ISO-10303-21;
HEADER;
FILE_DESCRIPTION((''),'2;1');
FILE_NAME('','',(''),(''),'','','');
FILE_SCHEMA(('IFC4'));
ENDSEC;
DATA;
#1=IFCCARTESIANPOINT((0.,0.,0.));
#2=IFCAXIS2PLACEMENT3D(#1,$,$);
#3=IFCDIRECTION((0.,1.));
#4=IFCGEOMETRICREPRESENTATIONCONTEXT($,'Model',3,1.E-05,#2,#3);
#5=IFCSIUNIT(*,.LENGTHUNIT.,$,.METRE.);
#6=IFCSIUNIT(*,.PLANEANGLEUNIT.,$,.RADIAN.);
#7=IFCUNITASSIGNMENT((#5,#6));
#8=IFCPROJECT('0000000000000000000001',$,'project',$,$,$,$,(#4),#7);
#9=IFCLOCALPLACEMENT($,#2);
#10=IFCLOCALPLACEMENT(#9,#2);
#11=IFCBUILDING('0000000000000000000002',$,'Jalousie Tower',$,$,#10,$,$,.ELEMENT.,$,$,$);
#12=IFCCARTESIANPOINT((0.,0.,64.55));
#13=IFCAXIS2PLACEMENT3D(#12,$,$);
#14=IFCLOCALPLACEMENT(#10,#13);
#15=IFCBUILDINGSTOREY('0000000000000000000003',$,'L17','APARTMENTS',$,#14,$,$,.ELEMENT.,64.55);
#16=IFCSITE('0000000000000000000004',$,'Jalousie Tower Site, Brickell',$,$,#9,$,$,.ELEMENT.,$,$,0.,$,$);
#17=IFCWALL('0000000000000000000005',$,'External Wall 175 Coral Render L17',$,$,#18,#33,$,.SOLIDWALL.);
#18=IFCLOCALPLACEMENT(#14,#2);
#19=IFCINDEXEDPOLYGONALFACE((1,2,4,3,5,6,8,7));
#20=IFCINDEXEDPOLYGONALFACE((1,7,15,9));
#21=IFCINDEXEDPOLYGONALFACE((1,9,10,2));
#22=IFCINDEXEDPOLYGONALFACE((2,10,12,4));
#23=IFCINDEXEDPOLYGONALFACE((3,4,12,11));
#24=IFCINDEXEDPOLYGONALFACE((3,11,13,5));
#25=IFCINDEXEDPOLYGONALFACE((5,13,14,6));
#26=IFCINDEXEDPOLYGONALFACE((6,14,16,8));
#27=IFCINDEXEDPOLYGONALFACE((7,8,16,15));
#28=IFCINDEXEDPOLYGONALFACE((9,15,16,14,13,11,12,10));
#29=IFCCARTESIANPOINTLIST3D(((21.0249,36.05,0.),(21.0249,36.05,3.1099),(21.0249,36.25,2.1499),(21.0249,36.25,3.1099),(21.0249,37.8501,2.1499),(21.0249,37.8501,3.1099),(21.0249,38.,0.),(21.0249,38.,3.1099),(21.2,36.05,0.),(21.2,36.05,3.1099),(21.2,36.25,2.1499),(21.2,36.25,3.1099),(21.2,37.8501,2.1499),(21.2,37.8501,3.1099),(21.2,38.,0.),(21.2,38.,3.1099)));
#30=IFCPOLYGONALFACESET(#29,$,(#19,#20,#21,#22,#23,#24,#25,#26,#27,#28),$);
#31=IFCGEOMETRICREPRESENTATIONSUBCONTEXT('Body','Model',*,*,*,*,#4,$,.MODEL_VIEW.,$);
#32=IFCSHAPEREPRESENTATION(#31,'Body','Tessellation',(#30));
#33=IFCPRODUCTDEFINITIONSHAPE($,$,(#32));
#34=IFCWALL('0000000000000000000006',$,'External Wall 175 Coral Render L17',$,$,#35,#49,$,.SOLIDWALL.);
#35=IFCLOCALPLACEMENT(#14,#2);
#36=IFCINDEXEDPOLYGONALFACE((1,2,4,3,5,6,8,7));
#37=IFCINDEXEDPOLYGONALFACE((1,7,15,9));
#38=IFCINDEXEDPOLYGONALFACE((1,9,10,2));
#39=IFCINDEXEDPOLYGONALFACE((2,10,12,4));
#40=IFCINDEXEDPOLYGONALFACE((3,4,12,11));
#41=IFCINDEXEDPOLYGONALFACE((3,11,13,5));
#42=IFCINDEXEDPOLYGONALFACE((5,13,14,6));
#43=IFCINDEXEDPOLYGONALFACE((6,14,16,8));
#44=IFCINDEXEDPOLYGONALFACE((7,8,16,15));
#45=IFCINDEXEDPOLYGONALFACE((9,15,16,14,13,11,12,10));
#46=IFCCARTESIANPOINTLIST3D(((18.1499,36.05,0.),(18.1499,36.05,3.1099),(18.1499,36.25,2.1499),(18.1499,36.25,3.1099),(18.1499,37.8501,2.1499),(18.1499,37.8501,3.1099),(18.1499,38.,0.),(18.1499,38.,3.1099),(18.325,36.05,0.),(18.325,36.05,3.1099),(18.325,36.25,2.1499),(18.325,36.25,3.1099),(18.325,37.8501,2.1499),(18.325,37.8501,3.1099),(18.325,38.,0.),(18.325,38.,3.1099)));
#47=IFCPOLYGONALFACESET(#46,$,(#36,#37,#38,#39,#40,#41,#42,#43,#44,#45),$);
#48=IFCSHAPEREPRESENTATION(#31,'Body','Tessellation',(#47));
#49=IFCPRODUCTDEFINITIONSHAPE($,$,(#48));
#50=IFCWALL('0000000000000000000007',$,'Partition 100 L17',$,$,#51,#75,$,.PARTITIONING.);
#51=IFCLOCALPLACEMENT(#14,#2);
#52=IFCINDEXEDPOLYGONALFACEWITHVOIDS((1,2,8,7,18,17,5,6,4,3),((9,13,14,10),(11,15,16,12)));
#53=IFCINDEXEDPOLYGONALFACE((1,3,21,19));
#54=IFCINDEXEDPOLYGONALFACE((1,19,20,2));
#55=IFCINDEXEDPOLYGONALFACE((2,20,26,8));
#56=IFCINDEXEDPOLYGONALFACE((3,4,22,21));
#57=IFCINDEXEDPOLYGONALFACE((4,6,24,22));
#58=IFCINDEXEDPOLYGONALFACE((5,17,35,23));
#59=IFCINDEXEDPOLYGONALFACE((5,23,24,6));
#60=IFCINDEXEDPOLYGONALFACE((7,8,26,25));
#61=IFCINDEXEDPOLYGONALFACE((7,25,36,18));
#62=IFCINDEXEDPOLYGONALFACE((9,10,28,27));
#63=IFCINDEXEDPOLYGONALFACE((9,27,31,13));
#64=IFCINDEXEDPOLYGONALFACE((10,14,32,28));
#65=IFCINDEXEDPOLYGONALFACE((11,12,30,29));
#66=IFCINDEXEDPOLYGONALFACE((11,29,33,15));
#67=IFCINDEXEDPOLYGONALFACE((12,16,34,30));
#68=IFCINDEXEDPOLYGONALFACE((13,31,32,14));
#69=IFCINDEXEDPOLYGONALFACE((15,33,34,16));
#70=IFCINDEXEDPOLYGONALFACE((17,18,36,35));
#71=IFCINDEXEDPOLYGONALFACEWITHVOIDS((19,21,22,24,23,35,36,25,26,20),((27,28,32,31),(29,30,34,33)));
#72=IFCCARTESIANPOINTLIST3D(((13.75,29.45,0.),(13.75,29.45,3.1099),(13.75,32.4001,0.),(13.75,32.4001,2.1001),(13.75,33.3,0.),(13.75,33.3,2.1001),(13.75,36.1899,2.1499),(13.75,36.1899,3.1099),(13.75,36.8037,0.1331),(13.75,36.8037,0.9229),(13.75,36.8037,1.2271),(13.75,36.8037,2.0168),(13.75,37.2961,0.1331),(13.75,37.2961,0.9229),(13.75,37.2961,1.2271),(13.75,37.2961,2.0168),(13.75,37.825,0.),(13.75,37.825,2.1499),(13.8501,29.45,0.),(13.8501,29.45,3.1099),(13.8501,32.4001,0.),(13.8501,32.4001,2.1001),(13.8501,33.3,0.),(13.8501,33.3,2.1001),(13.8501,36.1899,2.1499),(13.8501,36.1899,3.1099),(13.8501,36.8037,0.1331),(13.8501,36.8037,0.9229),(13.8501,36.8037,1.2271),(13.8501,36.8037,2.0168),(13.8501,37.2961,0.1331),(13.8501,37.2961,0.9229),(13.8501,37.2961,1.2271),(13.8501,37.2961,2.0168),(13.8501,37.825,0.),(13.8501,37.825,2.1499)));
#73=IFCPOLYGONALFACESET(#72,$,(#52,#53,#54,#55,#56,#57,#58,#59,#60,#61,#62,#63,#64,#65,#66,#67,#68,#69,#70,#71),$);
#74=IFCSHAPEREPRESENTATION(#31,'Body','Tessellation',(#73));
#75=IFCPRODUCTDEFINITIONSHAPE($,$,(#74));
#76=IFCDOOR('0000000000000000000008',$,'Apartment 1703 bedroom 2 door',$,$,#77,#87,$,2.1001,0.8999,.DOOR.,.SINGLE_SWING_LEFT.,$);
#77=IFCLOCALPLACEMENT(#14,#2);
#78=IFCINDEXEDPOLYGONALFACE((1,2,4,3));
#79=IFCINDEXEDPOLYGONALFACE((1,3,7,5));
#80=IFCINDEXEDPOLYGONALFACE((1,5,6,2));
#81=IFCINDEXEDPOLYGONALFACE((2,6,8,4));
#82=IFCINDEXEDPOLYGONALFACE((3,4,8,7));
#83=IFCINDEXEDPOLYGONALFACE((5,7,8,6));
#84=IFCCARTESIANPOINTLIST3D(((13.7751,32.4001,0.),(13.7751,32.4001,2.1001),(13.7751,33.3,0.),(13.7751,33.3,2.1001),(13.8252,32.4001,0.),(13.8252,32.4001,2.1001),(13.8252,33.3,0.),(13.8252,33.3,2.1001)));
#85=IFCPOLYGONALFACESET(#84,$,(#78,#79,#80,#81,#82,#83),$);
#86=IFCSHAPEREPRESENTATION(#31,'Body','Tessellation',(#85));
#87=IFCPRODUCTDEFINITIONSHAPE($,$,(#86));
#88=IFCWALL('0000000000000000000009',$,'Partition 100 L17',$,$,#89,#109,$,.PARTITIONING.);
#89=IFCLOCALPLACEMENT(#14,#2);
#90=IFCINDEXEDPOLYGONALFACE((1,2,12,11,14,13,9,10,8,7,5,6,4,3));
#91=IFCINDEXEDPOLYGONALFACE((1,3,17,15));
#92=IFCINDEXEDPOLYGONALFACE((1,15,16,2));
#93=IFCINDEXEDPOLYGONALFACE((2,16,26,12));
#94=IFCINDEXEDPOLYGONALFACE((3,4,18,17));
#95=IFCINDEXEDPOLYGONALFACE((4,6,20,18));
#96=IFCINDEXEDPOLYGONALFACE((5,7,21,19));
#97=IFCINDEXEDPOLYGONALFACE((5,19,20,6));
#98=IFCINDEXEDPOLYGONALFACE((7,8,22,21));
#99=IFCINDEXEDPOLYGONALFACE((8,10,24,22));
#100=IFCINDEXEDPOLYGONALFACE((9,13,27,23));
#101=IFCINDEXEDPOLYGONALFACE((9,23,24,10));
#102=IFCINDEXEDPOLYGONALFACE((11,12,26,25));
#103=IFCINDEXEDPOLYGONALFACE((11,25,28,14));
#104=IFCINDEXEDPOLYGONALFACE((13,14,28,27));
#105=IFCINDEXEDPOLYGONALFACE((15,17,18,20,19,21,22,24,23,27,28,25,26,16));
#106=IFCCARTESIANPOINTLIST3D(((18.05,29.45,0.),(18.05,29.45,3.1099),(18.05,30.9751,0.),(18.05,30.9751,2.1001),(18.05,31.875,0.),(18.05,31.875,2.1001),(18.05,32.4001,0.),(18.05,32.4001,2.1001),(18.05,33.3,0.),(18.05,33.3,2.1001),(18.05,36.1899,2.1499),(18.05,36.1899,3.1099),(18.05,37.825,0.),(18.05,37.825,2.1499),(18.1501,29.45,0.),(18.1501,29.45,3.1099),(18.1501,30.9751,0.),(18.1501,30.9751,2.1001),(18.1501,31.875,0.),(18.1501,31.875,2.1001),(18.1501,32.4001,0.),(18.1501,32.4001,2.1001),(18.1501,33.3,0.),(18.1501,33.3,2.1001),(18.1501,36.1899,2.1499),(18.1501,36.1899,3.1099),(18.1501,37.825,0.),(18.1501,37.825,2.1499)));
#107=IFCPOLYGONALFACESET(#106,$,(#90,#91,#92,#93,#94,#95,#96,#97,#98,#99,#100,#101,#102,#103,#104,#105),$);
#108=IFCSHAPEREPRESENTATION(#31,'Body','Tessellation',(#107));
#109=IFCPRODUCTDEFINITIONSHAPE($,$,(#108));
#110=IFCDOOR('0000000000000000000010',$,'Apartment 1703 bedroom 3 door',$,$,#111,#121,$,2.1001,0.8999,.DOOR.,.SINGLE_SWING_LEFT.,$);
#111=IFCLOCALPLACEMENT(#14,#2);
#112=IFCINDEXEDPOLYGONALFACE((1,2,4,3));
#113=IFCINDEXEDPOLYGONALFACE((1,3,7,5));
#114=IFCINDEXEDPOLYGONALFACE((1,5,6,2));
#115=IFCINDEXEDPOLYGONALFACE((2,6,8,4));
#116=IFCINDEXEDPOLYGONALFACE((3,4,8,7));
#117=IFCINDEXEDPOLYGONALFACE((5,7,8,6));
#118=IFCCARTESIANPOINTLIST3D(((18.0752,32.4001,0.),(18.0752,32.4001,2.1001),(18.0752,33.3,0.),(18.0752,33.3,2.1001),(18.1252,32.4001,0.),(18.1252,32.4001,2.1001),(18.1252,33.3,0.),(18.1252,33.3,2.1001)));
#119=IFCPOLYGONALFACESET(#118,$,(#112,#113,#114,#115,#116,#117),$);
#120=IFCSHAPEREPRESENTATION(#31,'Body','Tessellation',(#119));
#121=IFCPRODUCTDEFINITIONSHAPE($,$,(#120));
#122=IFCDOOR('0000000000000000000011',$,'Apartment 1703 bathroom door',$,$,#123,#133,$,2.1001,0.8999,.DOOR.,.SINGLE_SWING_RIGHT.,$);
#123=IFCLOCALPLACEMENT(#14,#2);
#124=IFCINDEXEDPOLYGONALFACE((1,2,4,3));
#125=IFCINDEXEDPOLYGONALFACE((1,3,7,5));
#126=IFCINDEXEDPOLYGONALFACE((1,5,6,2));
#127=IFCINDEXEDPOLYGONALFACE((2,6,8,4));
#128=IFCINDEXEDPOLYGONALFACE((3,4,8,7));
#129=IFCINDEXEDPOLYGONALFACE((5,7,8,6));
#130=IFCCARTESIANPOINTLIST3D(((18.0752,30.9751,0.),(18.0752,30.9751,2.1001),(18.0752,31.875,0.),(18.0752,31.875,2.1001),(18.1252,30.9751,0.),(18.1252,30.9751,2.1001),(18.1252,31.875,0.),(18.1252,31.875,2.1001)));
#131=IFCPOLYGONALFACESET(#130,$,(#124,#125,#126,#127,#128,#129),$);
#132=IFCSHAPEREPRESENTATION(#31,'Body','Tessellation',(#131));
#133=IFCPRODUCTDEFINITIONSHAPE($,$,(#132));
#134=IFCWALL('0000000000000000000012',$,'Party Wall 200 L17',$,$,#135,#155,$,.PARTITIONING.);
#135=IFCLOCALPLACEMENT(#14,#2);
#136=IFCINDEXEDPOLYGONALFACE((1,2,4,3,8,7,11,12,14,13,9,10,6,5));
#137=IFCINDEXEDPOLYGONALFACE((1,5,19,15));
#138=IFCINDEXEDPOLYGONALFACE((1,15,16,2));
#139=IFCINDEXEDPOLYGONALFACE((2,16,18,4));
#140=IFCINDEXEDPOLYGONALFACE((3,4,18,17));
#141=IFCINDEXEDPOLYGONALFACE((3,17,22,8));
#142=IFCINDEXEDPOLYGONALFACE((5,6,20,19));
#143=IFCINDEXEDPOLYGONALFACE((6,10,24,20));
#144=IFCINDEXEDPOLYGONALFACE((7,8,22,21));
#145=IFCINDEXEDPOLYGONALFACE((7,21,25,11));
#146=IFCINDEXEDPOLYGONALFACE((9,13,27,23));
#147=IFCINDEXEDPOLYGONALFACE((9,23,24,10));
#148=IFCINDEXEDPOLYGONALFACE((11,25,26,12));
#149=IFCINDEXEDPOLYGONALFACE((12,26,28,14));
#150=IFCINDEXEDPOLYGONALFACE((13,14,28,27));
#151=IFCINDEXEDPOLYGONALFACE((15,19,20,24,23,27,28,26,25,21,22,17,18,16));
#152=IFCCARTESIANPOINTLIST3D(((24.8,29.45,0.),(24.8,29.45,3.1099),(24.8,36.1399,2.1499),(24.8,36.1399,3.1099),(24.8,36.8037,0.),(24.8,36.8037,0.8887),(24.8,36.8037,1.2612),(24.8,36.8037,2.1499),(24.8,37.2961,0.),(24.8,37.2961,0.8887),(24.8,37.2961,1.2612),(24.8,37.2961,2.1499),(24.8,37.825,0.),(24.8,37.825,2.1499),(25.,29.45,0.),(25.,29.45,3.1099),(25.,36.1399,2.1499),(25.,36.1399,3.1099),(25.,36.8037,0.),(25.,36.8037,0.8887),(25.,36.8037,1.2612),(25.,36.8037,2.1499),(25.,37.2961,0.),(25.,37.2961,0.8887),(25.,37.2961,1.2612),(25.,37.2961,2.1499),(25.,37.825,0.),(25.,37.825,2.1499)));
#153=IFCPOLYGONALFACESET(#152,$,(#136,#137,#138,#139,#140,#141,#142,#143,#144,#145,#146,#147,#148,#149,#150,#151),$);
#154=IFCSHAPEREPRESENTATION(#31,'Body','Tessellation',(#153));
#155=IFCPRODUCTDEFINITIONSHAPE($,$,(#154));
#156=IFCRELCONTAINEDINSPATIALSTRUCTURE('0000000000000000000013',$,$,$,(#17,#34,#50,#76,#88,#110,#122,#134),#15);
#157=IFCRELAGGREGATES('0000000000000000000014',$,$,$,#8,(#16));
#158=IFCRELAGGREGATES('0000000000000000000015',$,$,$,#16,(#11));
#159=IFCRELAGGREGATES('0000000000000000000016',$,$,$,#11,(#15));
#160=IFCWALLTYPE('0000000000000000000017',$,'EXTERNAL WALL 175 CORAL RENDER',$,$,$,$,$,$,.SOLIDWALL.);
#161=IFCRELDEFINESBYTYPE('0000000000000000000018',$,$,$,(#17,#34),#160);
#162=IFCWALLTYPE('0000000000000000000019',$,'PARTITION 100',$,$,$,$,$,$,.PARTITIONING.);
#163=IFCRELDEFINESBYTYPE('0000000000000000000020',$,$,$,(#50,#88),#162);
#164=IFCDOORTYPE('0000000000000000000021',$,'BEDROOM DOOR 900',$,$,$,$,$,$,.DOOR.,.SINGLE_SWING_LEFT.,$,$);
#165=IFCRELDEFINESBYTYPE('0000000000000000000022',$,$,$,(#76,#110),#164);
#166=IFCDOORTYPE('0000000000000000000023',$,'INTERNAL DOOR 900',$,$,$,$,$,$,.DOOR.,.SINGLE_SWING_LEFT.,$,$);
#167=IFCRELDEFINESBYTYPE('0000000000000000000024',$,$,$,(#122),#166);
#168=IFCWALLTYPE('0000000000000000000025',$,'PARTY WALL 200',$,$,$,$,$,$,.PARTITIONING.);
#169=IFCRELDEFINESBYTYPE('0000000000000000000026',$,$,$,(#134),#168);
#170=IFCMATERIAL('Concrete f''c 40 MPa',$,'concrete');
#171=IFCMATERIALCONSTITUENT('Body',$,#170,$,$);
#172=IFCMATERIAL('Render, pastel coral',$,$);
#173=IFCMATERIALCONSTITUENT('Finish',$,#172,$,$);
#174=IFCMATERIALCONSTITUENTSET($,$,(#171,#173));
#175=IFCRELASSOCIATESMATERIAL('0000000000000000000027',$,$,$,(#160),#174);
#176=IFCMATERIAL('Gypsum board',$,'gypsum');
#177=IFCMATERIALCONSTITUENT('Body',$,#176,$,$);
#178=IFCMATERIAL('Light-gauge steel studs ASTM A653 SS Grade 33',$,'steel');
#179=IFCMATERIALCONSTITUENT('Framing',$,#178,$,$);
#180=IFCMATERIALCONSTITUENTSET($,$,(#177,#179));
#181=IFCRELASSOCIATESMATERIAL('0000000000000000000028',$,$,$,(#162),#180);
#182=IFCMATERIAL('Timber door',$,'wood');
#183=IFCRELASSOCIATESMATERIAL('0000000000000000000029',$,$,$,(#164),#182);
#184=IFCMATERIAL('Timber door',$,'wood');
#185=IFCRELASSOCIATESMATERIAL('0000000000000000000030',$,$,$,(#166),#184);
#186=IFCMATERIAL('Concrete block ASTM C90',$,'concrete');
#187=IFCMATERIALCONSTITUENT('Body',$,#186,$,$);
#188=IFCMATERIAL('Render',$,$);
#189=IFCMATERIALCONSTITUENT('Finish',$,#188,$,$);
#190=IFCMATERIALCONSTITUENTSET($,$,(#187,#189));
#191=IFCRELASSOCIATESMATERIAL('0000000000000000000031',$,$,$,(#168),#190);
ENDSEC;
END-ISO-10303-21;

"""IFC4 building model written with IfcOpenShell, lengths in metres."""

from ifc_helpers import new_model, si_unit, direction, frame, frame_2d, origin, place, context, subcontext, project, spatial, polyline, rectangle, outline, extrude, material, constituent, constituent_set, type_object, element, fill, save


model = new_model("IFC4")

# Units and contexts
model_context = context("Model", 3, precision=1e-05, world=origin(), true_north=direction((0.0, 1.0)))
body_context = subcontext(model_context, "Body", "Model", "MODEL_VIEW")
ifc_project = project(units=[si_unit("LENGTHUNIT", "METRE"), si_unit("PLANEANGLEUNIT", "RADIAN")], contexts=[model_context])

# Site, building, storey
site_placement = place(None, origin())
site = spatial("IfcSite", under=ifc_project, at=site_placement, Name="Jalousie Tower Site, Brickell", CompositionType="ELEMENT", RefElevation=0.0)
building_placement = place(site_placement, origin())
building = spatial("IfcBuilding", under=site, at=building_placement, Name="Jalousie Tower", CompositionType="ELEMENT")
storey_placement = place(building_placement, frame((0.0, 0.0, 64.55)))
storey = spatial("IfcBuildingStorey", under=building, at=storey_placement, Name="L17", Description="APARTMENTS", CompositionType="ELEMENT", Elevation=64.55)

# Shared definitions
ifc_material_1 = material(Name="Concrete f'c 40 MPa", Category="concrete")
ifc_constituent_1 = constituent(ifc_material_1, Name="Body")
ifc_material_2 = material(Name="Render, pastel coral")
ifc_constituent_2 = constituent(ifc_material_2, Name="Finish")
ifc_constituent_set_1 = constituent_set(constituents=[ifc_constituent_1, ifc_constituent_2])
wall_type_1 = type_object("IfcWallType", Name="EXTERNAL WALL 175 CORAL RENDER", PredefinedType="SOLIDWALL", material=ifc_constituent_set_1)

# Walls
for number, where, z_axis, x_axis, name in (
    (1, (21.1125, 38.0, 0.0), (0.0, 0.0, 1.0), (0.0, -1.0, 0.0), "External Wall 175 Coral Render L17"),
    (2, (18.2375, 38.0, 0.0), (0.0, 0.0, 1.0), (0.0, -1.0, 0.0), "External Wall 175 Coral Render L17"),
):
    element("IfcWall", number, at=place(storey_placement, frame(where, z_axis=z_axis, x_axis=x_axis)), inside=storey, type_object=wall_type_1, Name=name, PredefinedType="SOLIDWALL", context=body_context, shape_type="SweptSolid", body=[
        extrude(outline(polyline([(0.0, 0.0), (1.95, 0.0), (1.95, 3.1099), (1.75, 3.1099), (1.75, 2.1499), (0.1499, 2.1499), (0.1499, 3.1099), (0.0, 3.1099), (0.0, 0.0)])), frame((0.0, 0.0874, 0.0), z_axis=(0.0, -1.0, 0.0), x_axis=(1.0, 0.0, 0.0)), (0.0, 0.0, 1.0), 0.175),
    ])

# Wall, opening, door
ifc_material_3 = material(Name="Gypsum board", Category="gypsum")
ifc_constituent_3 = constituent(ifc_material_3, Name="Body")
ifc_material_4 = material(Name="Light-gauge steel studs ASTM A653 SS Grade 33", Category="steel")
ifc_constituent_4 = constituent(ifc_material_4, Name="Framing")
ifc_constituent_set_2 = constituent_set(constituents=[ifc_constituent_3, ifc_constituent_4])
wall_type_2 = type_object("IfcWallType", Name="PARTITION 100", PredefinedType="PARTITIONING", material=ifc_constituent_set_2)
wall_1_placement = place(storey_placement, frame((13.8, 37.825, 0.0), z_axis=(0.0, 0.0, 1.0), x_axis=(0.0, -1.0, 0.0)))
wall_1 = element("IfcWall", 3, at=wall_1_placement, inside=storey, type_object=wall_type_2, Name="Partition 100 L17", PredefinedType="PARTITIONING", context=body_context, shape_type="SweptSolid", body=[
    extrude(outline(polyline([(1.635, 2.1499), (0.0, 2.1499), (0.0, 0.0), (8.375, 0.0), (8.375, 3.1099), (1.635, 3.1099), (1.635, 2.1499)]), holes=[polyline([(1.0212, 0.1331), (0.5288, 0.1331), (0.5288, 0.9229), (1.0212, 0.9229), (1.0212, 0.1331)]), polyline([(1.0212, 1.2271), (0.5288, 1.2271), (0.5288, 2.0168), (1.0212, 2.0168), (1.0212, 1.2271)])]), frame((0.0, 0.05, 0.0), z_axis=(0.0, -1.0, 0.0), x_axis=(1.0, 0.0, 0.0)), (0.0, 0.0, 1.0), 0.1001),
])
opening_1_placement = place(wall_1_placement, frame((4.5249, 0.0, 0.0)))
opening_1 = element("IfcOpeningElement", 4, at=opening_1_placement, cuts=wall_1, PredefinedType="OPENING", context=body_context, shape_type="SweptSolid", body=[
    extrude(rectangle(XDim=0.8999, YDim=2.1001, at=frame_2d((0.45, 1.05))), frame((0.0, 0.0601, 0.0), z_axis=(0.0, -1.0, 0.0), x_axis=(1.0, 0.0, 0.0)), (0.0, 0.0, 1.0), 0.1201),
])
ifc_material_5 = material(Name="Timber door", Category="wood")
door_type_1 = type_object("IfcDoorType", Name="BEDROOM DOOR 900", OperationType="SINGLE_SWING_LEFT", PredefinedType="DOOR", material=ifc_material_5)
door_1_placement = place(opening_1_placement, frame((0.8999, 0.0, 0.0), z_axis=(0.0, 0.0, 1.0), x_axis=(-1.0, 0.0, 0.0)))
door_1 = element("IfcDoor", 5, at=door_1_placement, inside=storey, type_object=door_type_1, Name="Apartment 1703 bedroom 2 door", OperationType="SINGLE_SWING_LEFT", OverallHeight=2.1001, OverallWidth=0.8999, PredefinedType="DOOR", context=body_context, shape_type="SweptSolid", body=[
    extrude(rectangle(XDim=0.8999, YDim=2.1001, at=frame_2d((0.45, 1.05))), frame((0.0, 0.0249, 0.0), z_axis=(0.0, -1.0, 0.0), x_axis=(1.0, 0.0, 0.0)), (0.0, 0.0, 1.0), 0.05),
])
fill(opening_1, door_1)

# Wall, openings, doors
wall_2_placement = place(storey_placement, frame((18.1001, 37.825, 0.0), z_axis=(0.0, 0.0, 1.0), x_axis=(0.0, -1.0, 0.0)))
wall_2 = element("IfcWall", 6, at=wall_2_placement, inside=storey, type_object=wall_type_2, Name="Partition 100 L17", PredefinedType="PARTITIONING", context=body_context, shape_type="SweptSolid", body=[
    extrude(outline(polyline([(0.0, 0.0), (8.375, 0.0), (8.375, 3.1099), (1.635, 3.1099), (1.635, 2.1499), (0.0, 2.1499), (0.0, 3.1099), (0.0, 0.0)])), frame((0.0, 0.05, 0.0), z_axis=(0.0, -1.0, 0.0), x_axis=(1.0, 0.0, 0.0)), (0.0, 0.0, 1.0), 0.1001),
])
opening_2_placement = place(wall_2_placement, frame((4.5249, 0.0, 0.0)))
opening_2 = element("IfcOpeningElement", 7, at=opening_2_placement, cuts=wall_2, PredefinedType="OPENING", context=body_context, shape_type="SweptSolid", body=[
    extrude(rectangle(XDim=0.8999, YDim=2.1001, at=frame_2d((0.45, 1.05))), frame((0.0, 0.0601, 0.0), z_axis=(0.0, -1.0, 0.0), x_axis=(1.0, 0.0, 0.0)), (0.0, 0.0, 1.0), 0.1201),
])
opening_3_placement = place(wall_2_placement, frame((5.95, 0.0, 0.0)))
opening_3 = element("IfcOpeningElement", 8, at=opening_3_placement, cuts=wall_2, PredefinedType="OPENING", context=body_context, shape_type="SweptSolid", body=[
    extrude(rectangle(XDim=0.8999, YDim=2.1001, at=frame_2d((0.45, 1.05))), frame((0.0, 0.0601, 0.0), z_axis=(0.0, -1.0, 0.0), x_axis=(1.0, 0.0, 0.0)), (0.0, 0.0, 1.0), 0.1201),
])
door_2_placement = place(opening_2_placement, frame((0.8999, 0.0, 0.0), z_axis=(0.0, 0.0, 1.0), x_axis=(-1.0, 0.0, 0.0)))
door_2 = element("IfcDoor", 9, at=door_2_placement, inside=storey, type_object=door_type_1, Name="Apartment 1703 bedroom 3 door", OperationType="SINGLE_SWING_LEFT", OverallHeight=2.1001, OverallWidth=0.8999, PredefinedType="DOOR", context=body_context, shape_type="SweptSolid", body=[
    extrude(rectangle(XDim=0.8999, YDim=2.1001, at=frame_2d((0.45, 1.05))), frame((0.0, 0.0249, 0.0), z_axis=(0.0, -1.0, 0.0), x_axis=(1.0, 0.0, 0.0)), (0.0, 0.0, 1.0), 0.05),
])
fill(opening_2, door_2)
ifc_material_6 = material(Name="Timber door", Category="wood")
door_type_2 = type_object("IfcDoorType", Name="INTERNAL DOOR 900", OperationType="SINGLE_SWING_LEFT", PredefinedType="DOOR", material=ifc_material_6)
door_3_placement = place(opening_3_placement, frame((0.8999, 0.0, 0.0), z_axis=(0.0, 0.0, 1.0), x_axis=(-1.0, 0.0, 0.0)))
door_3 = element("IfcDoor", 10, at=door_3_placement, inside=storey, type_object=door_type_2, Name="Apartment 1703 bathroom door", OperationType="SINGLE_SWING_RIGHT", OverallHeight=2.1001, OverallWidth=0.8999, PredefinedType="DOOR", context=body_context, shape_type="SweptSolid", body=[
    extrude(rectangle(XDim=0.8999, YDim=2.1001, at=frame_2d((0.45, 1.05))), frame((0.0, 0.0249, 0.0), z_axis=(0.0, -1.0, 0.0), x_axis=(1.0, 0.0, 0.0)), (0.0, 0.0, 1.0), 0.05),
])
fill(opening_3, door_3)

# Wall
ifc_material_7 = material(Name="Concrete block ASTM C90", Category="concrete")
ifc_constituent_5 = constituent(ifc_material_7, Name="Body")
ifc_material_8 = material(Name="Render")
ifc_constituent_6 = constituent(ifc_material_8, Name="Finish")
ifc_constituent_set_3 = constituent_set(constituents=[ifc_constituent_5, ifc_constituent_6])
wall_type_3 = type_object("IfcWallType", Name="PARTY WALL 200", PredefinedType="PARTITIONING", material=ifc_constituent_set_3)
wall_3_placement = place(storey_placement, frame((24.8999, 37.825, 0.0), z_axis=(0.0, 0.0, 1.0), x_axis=(0.0, -1.0, 0.0)))
element("IfcWall", 11, at=wall_3_placement, inside=storey, type_object=wall_type_3, Name="Party Wall 200 L17", PredefinedType="PARTITIONING", context=body_context, shape_type="SweptSolid", body=[
    extrude(outline(polyline([(0.5288, 2.1499), (0.0, 2.1499), (0.0, 0.0), (0.5288, 0.0), (0.5288, 0.8887), (1.0212, 0.8887), (1.0212, 0.0), (8.375, 0.0), (8.375, 3.1099), (1.6851, 3.1099), (1.6851, 2.1499), (1.0212, 2.1499), (1.0212, 1.2612), (0.5288, 1.2612), (0.5288, 2.1499)])), frame((0.0, 0.1001, 0.0), z_axis=(0.0, -1.0, 0.0), x_axis=(1.0, 0.0, 0.0)), (0.0, 0.0, 1.0), 0.2),
])

save(model, "model.ifc")
